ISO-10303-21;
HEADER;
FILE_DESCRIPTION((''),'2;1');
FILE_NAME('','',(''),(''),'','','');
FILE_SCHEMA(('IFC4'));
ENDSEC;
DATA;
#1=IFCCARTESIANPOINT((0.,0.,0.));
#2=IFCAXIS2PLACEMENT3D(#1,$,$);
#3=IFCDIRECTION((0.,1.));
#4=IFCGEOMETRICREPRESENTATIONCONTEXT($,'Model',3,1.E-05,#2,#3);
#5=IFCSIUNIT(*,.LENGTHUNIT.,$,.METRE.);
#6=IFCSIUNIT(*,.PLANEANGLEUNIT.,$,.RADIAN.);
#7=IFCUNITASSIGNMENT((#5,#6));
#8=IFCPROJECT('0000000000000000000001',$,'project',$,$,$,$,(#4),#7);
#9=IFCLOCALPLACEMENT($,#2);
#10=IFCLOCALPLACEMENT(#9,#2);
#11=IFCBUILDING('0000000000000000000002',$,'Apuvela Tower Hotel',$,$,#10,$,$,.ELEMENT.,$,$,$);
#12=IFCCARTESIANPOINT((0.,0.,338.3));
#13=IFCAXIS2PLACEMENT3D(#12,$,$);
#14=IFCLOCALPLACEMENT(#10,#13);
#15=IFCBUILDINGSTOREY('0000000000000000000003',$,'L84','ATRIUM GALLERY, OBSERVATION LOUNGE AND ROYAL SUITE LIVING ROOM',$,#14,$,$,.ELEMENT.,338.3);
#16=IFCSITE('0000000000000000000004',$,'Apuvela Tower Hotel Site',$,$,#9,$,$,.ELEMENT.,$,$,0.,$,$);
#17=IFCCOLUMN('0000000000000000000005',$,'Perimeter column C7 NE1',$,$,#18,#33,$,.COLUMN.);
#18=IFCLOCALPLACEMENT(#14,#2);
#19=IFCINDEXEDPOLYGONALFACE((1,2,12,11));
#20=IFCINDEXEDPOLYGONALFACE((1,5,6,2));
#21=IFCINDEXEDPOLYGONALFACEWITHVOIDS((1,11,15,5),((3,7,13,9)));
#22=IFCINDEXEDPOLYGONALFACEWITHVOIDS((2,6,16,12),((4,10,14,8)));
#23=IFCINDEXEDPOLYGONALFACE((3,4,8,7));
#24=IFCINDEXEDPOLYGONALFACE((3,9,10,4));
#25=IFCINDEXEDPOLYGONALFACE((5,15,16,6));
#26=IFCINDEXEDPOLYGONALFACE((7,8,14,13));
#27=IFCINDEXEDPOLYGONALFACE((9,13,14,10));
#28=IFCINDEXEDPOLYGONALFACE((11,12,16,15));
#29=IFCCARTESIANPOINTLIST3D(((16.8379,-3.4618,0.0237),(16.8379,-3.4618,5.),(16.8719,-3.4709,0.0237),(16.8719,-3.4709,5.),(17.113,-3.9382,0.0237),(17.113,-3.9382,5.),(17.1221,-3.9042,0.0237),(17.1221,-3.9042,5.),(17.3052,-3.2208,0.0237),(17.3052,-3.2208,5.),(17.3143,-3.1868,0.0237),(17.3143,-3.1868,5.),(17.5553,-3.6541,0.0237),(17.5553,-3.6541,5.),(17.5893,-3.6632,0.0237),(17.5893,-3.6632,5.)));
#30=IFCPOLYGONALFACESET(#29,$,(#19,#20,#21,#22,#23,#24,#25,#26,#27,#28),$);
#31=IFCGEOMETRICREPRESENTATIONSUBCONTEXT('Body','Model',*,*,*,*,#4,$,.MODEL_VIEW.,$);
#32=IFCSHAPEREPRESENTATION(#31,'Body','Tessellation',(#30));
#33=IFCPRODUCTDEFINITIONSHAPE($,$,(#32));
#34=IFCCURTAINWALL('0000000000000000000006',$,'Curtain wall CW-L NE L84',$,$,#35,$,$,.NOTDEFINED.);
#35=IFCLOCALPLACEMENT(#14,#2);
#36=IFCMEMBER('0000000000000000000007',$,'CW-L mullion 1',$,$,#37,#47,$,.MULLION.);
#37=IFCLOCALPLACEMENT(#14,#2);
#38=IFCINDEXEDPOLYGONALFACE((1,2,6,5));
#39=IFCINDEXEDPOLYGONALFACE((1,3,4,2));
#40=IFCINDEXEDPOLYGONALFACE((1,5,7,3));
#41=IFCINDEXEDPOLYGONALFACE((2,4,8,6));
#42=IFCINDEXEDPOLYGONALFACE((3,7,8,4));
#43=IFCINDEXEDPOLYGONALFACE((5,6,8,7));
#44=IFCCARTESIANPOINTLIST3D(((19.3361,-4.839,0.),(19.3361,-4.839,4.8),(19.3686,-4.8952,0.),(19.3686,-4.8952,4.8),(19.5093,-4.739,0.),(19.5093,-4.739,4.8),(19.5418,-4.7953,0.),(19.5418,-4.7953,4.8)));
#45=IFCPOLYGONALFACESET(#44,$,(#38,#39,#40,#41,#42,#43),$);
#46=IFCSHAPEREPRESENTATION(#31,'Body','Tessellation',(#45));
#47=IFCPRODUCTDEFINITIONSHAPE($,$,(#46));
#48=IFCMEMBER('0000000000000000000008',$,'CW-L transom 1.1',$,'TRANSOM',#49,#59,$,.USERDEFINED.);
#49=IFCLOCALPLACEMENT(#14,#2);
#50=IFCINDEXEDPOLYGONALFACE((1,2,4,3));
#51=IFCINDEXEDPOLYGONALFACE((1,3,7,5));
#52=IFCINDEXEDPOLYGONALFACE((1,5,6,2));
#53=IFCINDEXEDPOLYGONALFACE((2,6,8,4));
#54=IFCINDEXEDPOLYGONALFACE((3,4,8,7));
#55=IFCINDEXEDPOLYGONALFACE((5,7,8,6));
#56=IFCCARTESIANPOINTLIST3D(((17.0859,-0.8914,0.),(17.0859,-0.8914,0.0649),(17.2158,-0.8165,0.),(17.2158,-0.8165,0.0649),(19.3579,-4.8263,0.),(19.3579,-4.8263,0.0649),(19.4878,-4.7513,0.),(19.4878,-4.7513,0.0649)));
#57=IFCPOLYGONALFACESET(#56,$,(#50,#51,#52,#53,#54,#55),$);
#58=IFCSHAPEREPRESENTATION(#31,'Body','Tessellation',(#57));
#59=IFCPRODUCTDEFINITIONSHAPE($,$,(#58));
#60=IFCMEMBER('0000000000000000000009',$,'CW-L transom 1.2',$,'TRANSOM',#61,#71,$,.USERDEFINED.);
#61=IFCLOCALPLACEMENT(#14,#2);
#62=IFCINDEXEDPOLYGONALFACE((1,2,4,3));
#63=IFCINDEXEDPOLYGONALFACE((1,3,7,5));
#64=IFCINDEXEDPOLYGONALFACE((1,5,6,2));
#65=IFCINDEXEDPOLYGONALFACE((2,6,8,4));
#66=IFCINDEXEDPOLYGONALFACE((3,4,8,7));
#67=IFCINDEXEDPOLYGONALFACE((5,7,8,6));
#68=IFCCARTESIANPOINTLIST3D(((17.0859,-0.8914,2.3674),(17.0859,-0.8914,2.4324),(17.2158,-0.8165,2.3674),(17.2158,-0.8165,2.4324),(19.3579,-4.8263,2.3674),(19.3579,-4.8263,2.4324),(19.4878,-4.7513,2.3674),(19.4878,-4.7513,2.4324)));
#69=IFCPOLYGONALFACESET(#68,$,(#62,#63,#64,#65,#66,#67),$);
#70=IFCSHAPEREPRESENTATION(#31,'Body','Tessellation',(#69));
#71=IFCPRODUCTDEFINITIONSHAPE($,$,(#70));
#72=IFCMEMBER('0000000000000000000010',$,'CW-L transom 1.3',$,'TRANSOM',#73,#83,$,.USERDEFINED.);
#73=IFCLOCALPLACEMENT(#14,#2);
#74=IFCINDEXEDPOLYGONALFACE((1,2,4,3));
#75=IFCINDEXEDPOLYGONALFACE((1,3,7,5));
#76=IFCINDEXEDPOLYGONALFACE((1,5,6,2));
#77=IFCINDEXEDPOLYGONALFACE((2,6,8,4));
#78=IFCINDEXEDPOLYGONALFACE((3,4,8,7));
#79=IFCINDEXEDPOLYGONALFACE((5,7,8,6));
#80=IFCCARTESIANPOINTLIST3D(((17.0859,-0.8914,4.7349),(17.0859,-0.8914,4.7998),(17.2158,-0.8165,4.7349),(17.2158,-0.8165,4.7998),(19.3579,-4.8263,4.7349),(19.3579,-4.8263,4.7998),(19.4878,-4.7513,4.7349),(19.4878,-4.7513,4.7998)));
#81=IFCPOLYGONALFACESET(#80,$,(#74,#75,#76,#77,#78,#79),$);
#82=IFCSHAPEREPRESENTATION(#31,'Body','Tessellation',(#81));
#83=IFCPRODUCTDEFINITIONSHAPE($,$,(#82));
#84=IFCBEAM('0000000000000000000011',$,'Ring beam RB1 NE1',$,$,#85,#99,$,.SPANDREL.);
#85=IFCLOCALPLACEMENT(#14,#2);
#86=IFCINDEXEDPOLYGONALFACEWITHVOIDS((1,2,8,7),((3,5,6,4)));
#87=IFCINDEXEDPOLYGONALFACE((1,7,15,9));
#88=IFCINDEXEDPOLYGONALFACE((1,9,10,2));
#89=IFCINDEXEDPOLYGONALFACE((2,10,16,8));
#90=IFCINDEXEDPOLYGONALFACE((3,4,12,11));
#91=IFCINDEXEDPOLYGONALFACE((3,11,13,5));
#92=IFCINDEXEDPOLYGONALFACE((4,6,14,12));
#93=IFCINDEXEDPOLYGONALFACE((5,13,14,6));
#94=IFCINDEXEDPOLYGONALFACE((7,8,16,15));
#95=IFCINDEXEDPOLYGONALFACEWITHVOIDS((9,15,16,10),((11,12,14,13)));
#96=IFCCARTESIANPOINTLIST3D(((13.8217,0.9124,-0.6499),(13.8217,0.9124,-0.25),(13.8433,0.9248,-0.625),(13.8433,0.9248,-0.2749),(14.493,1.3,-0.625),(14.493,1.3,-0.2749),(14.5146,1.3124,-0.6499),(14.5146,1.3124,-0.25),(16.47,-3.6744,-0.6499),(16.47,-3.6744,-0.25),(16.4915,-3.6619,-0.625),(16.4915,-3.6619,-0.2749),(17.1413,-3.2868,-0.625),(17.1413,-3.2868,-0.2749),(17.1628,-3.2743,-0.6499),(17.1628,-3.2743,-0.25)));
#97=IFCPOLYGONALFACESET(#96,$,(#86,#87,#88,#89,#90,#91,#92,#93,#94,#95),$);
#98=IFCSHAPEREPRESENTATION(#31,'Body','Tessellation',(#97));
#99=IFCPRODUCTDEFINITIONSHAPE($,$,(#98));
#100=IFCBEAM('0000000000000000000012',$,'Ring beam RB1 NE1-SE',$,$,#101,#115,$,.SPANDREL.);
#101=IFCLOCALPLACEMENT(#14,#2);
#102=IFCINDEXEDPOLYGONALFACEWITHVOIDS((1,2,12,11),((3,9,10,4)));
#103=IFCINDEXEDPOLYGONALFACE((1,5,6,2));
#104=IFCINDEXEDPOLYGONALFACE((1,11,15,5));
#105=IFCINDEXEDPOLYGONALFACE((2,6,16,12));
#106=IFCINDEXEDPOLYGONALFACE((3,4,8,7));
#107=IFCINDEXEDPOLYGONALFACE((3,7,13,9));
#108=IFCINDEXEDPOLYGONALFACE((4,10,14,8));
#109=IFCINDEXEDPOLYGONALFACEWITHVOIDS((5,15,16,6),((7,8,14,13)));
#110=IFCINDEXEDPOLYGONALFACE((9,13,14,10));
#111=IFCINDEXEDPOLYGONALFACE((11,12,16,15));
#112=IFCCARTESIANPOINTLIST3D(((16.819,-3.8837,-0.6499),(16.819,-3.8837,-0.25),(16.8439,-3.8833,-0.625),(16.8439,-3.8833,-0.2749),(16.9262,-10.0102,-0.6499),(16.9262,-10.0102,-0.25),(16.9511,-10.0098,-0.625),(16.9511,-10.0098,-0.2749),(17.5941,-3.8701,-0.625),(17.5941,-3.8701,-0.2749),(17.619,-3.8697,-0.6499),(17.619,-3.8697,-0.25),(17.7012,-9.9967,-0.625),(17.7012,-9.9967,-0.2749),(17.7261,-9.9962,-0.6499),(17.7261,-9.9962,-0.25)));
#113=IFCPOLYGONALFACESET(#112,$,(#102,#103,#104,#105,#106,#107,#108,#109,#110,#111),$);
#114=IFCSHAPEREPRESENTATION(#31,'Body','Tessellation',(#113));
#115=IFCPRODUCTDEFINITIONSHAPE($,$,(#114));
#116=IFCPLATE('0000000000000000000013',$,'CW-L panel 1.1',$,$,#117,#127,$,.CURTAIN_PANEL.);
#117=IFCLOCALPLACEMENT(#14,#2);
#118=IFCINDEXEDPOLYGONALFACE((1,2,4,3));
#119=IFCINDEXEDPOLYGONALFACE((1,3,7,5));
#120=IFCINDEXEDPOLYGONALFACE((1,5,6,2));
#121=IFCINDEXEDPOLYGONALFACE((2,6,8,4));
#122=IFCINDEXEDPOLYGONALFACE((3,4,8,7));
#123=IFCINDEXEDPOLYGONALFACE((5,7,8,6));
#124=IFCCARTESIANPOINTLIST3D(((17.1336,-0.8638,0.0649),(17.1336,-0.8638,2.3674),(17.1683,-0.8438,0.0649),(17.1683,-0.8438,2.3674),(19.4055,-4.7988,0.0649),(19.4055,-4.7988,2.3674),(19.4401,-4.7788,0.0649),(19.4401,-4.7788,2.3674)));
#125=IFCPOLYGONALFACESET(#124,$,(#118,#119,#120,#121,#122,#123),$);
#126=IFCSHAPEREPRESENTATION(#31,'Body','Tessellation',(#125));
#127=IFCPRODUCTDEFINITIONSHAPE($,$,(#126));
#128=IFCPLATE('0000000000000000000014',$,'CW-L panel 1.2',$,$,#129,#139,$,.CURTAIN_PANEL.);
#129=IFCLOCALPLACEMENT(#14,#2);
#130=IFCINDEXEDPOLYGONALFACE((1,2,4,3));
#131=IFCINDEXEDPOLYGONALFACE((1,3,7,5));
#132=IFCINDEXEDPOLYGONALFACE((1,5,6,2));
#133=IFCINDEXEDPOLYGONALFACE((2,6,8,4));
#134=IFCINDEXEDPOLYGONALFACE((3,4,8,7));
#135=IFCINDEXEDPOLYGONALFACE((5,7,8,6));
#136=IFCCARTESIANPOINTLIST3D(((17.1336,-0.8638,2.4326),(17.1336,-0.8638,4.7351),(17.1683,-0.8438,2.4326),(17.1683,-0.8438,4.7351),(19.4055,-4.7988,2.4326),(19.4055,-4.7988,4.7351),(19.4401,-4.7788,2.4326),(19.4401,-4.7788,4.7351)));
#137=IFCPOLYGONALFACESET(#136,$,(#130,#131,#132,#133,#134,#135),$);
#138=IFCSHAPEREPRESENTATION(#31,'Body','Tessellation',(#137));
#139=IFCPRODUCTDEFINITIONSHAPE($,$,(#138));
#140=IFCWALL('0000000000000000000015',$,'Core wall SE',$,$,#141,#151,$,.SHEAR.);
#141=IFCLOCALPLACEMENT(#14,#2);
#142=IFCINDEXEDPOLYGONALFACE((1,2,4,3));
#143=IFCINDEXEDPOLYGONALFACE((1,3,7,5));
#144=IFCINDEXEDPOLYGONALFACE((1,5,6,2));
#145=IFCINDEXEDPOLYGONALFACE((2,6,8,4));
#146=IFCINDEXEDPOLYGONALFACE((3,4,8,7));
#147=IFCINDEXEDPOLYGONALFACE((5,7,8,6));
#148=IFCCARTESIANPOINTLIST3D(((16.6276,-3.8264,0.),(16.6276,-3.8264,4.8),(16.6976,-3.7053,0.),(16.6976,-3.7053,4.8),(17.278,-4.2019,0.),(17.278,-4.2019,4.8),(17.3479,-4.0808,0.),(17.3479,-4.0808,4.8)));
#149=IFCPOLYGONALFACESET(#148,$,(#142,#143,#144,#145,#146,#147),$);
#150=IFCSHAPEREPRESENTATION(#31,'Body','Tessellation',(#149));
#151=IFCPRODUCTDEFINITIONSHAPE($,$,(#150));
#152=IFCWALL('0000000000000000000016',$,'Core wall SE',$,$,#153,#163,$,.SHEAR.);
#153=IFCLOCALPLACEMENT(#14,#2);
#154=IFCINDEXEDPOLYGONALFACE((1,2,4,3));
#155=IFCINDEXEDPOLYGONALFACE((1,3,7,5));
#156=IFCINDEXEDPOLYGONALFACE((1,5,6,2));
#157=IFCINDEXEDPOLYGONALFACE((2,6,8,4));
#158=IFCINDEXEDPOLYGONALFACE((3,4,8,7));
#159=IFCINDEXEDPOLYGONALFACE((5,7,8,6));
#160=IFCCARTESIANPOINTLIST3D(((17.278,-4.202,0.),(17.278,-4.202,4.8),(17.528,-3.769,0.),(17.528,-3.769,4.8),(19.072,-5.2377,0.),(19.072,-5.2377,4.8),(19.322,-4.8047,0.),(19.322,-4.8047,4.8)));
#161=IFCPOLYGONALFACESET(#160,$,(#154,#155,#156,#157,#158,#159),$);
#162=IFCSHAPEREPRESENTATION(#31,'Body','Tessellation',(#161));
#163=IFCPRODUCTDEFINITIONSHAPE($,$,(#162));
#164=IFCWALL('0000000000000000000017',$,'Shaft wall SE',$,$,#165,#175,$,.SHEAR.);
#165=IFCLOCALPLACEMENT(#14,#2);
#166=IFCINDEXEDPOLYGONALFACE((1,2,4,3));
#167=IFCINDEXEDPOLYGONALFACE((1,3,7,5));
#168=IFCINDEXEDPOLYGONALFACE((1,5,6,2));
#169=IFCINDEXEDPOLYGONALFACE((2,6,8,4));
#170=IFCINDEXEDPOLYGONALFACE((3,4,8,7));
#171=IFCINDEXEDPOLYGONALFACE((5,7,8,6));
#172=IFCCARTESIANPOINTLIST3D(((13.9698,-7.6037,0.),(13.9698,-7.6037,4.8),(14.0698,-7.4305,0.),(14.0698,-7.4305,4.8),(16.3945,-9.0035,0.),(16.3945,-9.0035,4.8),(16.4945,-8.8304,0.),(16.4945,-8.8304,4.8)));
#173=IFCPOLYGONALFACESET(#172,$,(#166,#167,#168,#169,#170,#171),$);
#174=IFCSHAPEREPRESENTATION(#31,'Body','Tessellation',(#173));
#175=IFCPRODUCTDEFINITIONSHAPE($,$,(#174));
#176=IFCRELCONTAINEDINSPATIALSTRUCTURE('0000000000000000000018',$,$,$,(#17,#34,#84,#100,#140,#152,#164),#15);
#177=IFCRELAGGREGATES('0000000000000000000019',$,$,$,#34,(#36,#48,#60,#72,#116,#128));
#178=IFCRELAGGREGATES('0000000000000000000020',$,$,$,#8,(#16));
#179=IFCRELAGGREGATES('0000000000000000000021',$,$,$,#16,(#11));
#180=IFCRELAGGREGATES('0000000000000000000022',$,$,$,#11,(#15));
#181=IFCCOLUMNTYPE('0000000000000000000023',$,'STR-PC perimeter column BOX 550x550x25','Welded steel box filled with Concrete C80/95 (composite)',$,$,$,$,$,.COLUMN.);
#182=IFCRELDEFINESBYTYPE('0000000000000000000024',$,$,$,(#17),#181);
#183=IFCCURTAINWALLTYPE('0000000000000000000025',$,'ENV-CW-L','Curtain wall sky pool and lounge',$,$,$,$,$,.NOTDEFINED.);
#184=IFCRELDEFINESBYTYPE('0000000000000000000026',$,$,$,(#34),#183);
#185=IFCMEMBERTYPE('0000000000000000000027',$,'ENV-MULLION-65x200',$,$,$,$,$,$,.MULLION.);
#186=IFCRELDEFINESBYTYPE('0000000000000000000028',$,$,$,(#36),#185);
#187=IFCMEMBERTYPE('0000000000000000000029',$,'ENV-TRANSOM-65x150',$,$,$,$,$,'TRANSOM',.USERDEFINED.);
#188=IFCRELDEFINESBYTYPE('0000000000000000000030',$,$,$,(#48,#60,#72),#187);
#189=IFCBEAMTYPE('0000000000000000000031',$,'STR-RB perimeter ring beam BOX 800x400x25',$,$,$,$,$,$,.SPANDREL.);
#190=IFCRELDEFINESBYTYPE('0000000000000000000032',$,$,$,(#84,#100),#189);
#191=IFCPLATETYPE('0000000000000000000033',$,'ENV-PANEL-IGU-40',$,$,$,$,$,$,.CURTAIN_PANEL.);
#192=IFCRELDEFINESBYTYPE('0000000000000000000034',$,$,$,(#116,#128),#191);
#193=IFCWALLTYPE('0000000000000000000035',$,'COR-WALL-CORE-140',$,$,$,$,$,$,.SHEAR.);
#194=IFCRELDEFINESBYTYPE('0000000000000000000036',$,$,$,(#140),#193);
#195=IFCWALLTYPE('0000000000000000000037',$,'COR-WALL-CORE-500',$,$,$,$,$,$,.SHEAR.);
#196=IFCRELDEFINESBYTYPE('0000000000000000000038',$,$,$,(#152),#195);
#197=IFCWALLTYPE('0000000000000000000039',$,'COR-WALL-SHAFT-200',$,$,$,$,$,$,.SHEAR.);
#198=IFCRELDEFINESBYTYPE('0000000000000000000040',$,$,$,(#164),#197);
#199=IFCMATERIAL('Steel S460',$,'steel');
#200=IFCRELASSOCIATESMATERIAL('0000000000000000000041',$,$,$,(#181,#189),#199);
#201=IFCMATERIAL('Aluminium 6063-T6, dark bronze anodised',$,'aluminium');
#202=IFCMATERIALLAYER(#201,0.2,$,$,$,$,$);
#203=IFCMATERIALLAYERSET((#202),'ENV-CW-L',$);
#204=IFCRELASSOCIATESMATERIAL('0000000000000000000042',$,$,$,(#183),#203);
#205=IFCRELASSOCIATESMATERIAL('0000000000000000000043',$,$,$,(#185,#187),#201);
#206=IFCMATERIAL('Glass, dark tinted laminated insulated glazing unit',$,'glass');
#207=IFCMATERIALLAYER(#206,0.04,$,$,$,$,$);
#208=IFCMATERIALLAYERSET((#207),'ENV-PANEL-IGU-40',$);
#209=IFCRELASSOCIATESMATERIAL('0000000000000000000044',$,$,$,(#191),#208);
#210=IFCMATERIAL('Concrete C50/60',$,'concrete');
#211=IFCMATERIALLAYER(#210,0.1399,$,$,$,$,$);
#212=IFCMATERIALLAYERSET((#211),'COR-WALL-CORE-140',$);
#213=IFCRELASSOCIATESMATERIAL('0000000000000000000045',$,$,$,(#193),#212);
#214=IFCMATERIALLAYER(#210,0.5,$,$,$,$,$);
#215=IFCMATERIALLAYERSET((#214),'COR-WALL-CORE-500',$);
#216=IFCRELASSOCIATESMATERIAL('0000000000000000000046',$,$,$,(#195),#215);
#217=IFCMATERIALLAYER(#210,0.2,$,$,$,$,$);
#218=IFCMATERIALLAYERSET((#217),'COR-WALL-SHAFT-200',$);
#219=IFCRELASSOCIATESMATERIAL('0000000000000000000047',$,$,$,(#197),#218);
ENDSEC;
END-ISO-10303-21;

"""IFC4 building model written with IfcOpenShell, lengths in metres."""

from ifc_helpers import new_model, si_unit, direction, frame, frame_2d, origin, origin_2d, place, context, subcontext, project, spatial, rectangle, hollow_rectangle, extrude, boolean, halfspace, material, layer, layer_set, material_profile, profile_set, type_object, element, aggregate, save


model = new_model("IFC4")

# Units and contexts
model_context = context("Model", 3, precision=1e-05, world=origin(), true_north=direction((0.0, 1.0)))
body_context = subcontext(model_context, "Body", "Model", "MODEL_VIEW")
ifc_project = project(units=[si_unit("LENGTHUNIT", "METRE"), si_unit("PLANEANGLEUNIT", "RADIAN")], contexts=[model_context])

# Site, building, storey
site_placement = place(None, origin())
site = spatial("IfcSite", under=ifc_project, at=site_placement, Name="Apuvela Tower Hotel Site", CompositionType="ELEMENT", RefElevation=0.0)
building_placement = place(site_placement, origin())
building = spatial("IfcBuilding", under=site, at=building_placement, Name="Apuvela Tower Hotel", CompositionType="ELEMENT")
storey_placement = place(building_placement, frame((0.0, 0.0, 338.3)))
storey = spatial("IfcBuildingStorey", under=building, at=storey_placement, Name="L84", Description="ATRIUM GALLERY, OBSERVATION LOUNGE AND ROYAL SUITE LIVING ROOM", CompositionType="ELEMENT", Elevation=338.3)

# Column
ifc_material_1 = material(Name="Steel S460", Category="steel")
ifc_material_profile_1 = material_profile(ifc_material_1, hollow_rectangle(XDim=0.55, YDim=0.55, WallThickness=0.0249, at=origin_2d()), Name="BOX 550x550x25")
ifc_material_2 = material(Name="Concrete C80/95", Category="concrete")
ifc_material_profile_2 = material_profile(ifc_material_2, rectangle(XDim=0.5, YDim=0.5, at=origin_2d()), Name="Concrete C80/95 infill")
ifc_profile_set_1 = profile_set([ifc_material_profile_1, ifc_material_profile_2], Name="Steel S460")
column_type = type_object("IfcColumnType", Name="STR-PC perimeter column BOX 550x550x25", Description="Welded steel box filled with Concrete C80/95 (composite)", PredefinedType="COLUMN", material=ifc_profile_set_1)
column_placement = place(storey_placement, frame((17.2136, -3.5625, 0.0), z_axis=(0.0, 0.0, 1.0), x_axis=(-0.5, 0.866025, 0.0)))
element("IfcColumn", 1, at=column_placement, inside=storey, type_object=column_type, Name="Perimeter column C7 NE1", PredefinedType="COLUMN", context=body_context, shape_type="SweptSolid", body=[
    boolean("DIFFERENCE", extrude(hollow_rectangle(XDim=0.55, YDim=0.55, WallThickness=0.0249, at=origin_2d()), origin(), (0.0, 0.0, 1.0), 5.0), halfspace(frame((0.0, 0.0, 0.0237), z_axis=(0.0, 0.0, 1.0), x_axis=(1.0, 0.0, 0.0)), True)),
])

# Curtain wall, members
ifc_material_3 = material(Name="Aluminium 6063-T6, dark bronze anodised", Category="aluminium")
ifc_layer_1 = layer(ifc_material_3, 0.2)
ifc_layer_set_1 = layer_set([ifc_layer_1], Name="ENV-CW-L")
curtain_wall_type = type_object("IfcCurtainWallType", Name="ENV-CW-L", Description="Curtain wall sky pool and lounge", PredefinedType="NOTDEFINED", material=ifc_layer_set_1)
curtain_wall_placement = place(storey_placement, origin())
curtain_wall = element("IfcCurtainWall", 2, at=curtain_wall_placement, inside=storey, type_object=curtain_wall_type, Name="Curtain wall CW-L NE L84", PredefinedType="NOTDEFINED")
ifc_material_profile_3 = material_profile(ifc_material_3, rectangle(XDim=0.2, YDim=0.0649, at=origin_2d()), Name="AL 65x200")
ifc_profile_set_2 = profile_set([ifc_material_profile_3], Name="Aluminium 6063-T6, dark bronze anodised")
member_type_1 = type_object("IfcMemberType", Name="ENV-MULLION-65x200", PredefinedType="MULLION", material=ifc_profile_set_2)
member_1_placement = place(storey_placement, frame((19.439, -4.8171, 0.0), z_axis=(0.0, 0.0, 1.0), x_axis=(-0.866026, -0.499999, 0.0)))
member_1 = element("IfcMember", 3, at=member_1_placement, type_object=member_type_1, Name="CW-L mullion 1", PredefinedType="MULLION", context=body_context, shape_type="SweptSolid", body=[
    extrude(rectangle(XDim=0.2, YDim=0.0649, at=origin_2d()), origin(), (0.0, 0.0, 1.0), 4.8),
])
ifc_material_profile_4 = material_profile(ifc_material_3, rectangle(XDim=0.1499, YDim=0.0649, at=origin_2d()), Name="AL 65x150 transom")
ifc_profile_set_3 = profile_set([ifc_material_profile_4], Name="Aluminium 6063-T6, dark bronze anodised")
member_type_2 = type_object("IfcMemberType", Name="ENV-TRANSOM-65x150", ElementType="TRANSOM", PredefinedType="USERDEFINED", material=ifc_profile_set_3)
member_2_placement = place(storey_placement, frame((19.4229, -4.7888, 0.0325), z_axis=(-0.500034, 0.866006, 0.0), x_axis=(-0.866006, -0.500034, 0.0)))
member_2 = element("IfcMember", 4, at=member_2_placement, type_object=member_type_2, Name="CW-L transom 1.1", ObjectType="TRANSOM", PredefinedType="USERDEFINED", context=body_context, shape_type="SweptSolid", body=[
    extrude(rectangle(XDim=0.1499, YDim=0.0649, at=origin_2d()), origin(), (0.0, 0.0, 1.0), 4.5437),
])
member_3_placement = place(storey_placement, frame((19.4229, -4.7888, 2.3999), z_axis=(-0.500034, 0.866006, 0.0), x_axis=(-0.866006, -0.500034, 0.0)))
member_3 = element("IfcMember", 5, at=member_3_placement, type_object=member_type_2, Name="CW-L transom 1.2", ObjectType="TRANSOM", PredefinedType="USERDEFINED", context=body_context, shape_type="SweptSolid", body=[
    extrude(rectangle(XDim=0.1499, YDim=0.0649, at=origin_2d()), origin(), (0.0, 0.0, 1.0), 4.5437),
])
member_4_placement = place(storey_placement, frame((19.4229, -4.7888, 4.7673), z_axis=(-0.500034, 0.866006, 0.0), x_axis=(-0.866006, -0.500034, 0.0)))
member_4 = element("IfcMember", 6, at=member_4_placement, type_object=member_type_2, Name="CW-L transom 1.3", ObjectType="TRANSOM", PredefinedType="USERDEFINED", context=body_context, shape_type="SweptSolid", body=[
    extrude(rectangle(XDim=0.1499, YDim=0.0649, at=origin_2d()), origin(), (0.0, 0.0, 1.0), 4.5437),
])

# Beams
ifc_material_profile_5 = material_profile(ifc_material_1, hollow_rectangle(XDim=0.8, YDim=0.3999, WallThickness=0.0249, at=origin_2d()), Name="BOX 800x400x25")
ifc_profile_set_4 = profile_set([ifc_material_profile_5], Name="Steel S460")
beam_type = type_object("IfcBeamType", Name="STR-RB perimeter ring beam BOX 800x400x25", PredefinedType="SPANDREL", material=ifc_profile_set_4)
beam_1_placement = place(storey_placement, frame((16.8164, -3.4744, -0.45), z_axis=(-0.500011, 0.866019, 0.0), x_axis=(-0.866019, -0.500011, 0.0)))
element("IfcBeam", 7, at=beam_1_placement, inside=storey, type_object=beam_type, Name="Ring beam RB1 NE1", PredefinedType="SPANDREL", context=body_context, shape_type="SweptSolid", body=[
    extrude(hollow_rectangle(XDim=0.8, YDim=0.3999, WallThickness=0.0249, at=origin_2d()), origin(), (0.0, 0.0, 1.0), 5.2964),
])
beam_2_placement = place(storey_placement, frame((17.219, -3.8767, -0.45), z_axis=(0.017492, -0.999847, 0.0), x_axis=(0.999847, 0.017492, 0.0)))
element("IfcBeam", 8, at=beam_2_placement, inside=storey, type_object=beam_type, Name="Ring beam RB1 NE1-SE", PredefinedType="SPANDREL", context=body_context, shape_type="SweptSolid", body=[
    extrude(hollow_rectangle(XDim=0.8, YDim=0.3999, WallThickness=0.0249, at=origin_2d()), origin(), (0.0, 0.0, 1.0), 6.1274),
])

# Plates
ifc_material_4 = material(Name="Glass, dark tinted laminated insulated glazing unit", Category="glass")
ifc_layer_2 = layer(ifc_material_4, 0.04)
ifc_layer_set_2 = layer_set([ifc_layer_2], Name="ENV-PANEL-IGU-40")
plate_type = type_object("IfcPlateType", Name="ENV-PANEL-IGU-40", PredefinedType="CURTAIN_PANEL", material=ifc_layer_set_2)
plate_1_placement = place(storey_placement, frame((18.2869, -2.8213, 0.0649), z_axis=(0.0, 0.0, 1.0), x_axis=(-0.499999, 0.866026, 0.0)))
plate_1 = element("IfcPlate", 9, at=plate_1_placement, type_object=plate_type, Name="CW-L panel 1.1", PredefinedType="CURTAIN_PANEL", context=body_context, shape_type="SweptSolid", body=[
    extrude(rectangle(XDim=4.5437, YDim=0.04, at=origin_2d()), origin(), (0.0, 0.0, 1.0), 2.3025),
])
plate_2_placement = place(storey_placement, frame((18.2869, -2.8213, 2.4326), z_axis=(0.0, 0.0, 1.0), x_axis=(-0.499999, 0.866026, 0.0)))
plate_2 = element("IfcPlate", 10, at=plate_2_placement, type_object=plate_type, Name="CW-L panel 1.2", PredefinedType="CURTAIN_PANEL", context=body_context, shape_type="SweptSolid", body=[
    extrude(rectangle(XDim=4.5437, YDim=0.04, at=origin_2d()), origin(), (0.0, 0.0, 1.0), 2.3025),
])
aggregate(curtain_wall, [member_1, member_2, member_3, member_4, plate_1, plate_2])

# Walls
ifc_material_5 = material(Name="Concrete C50/60", Category="concrete")
ifc_layer_3 = layer(ifc_material_5, 0.1399)
ifc_layer_set_3 = layer_set([ifc_layer_3], Name="COR-WALL-CORE-140")
wall_type_1 = type_object("IfcWallType", Name="COR-WALL-CORE-140", PredefinedType="SHEAR", material=ifc_layer_set_3)
wall_1_placement = place(storey_placement, frame((16.6626, -3.7659, 0.0), z_axis=(0.0, 0.0, 1.0), x_axis=(0.866034, -0.499985, 0.0)))
element("IfcWall", 11, at=wall_1_placement, inside=storey, type_object=wall_type_1, Name="Core wall SE", PredefinedType="SHEAR", context=body_context, shape_type="SweptSolid", body=[
    extrude(rectangle(XDim=0.751, YDim=0.1399, at=frame_2d((0.3755, 0.0))), origin(), (0.0, 0.0, 1.0), 4.8),
])
ifc_layer_4 = layer(ifc_material_5, 0.5)
ifc_layer_set_4 = layer_set([ifc_layer_4], Name="COR-WALL-CORE-500")
wall_type_2 = type_object("IfcWallType", Name="COR-WALL-CORE-500", PredefinedType="SHEAR", material=ifc_layer_set_4)
wall_2_placement = place(storey_placement, frame((17.4031, -3.9856, 0.0), z_axis=(0.0, 0.0, 1.0), x_axis=(0.866044, -0.499967, 0.0)))
element("IfcWall", 12, at=wall_2_placement, inside=storey, type_object=wall_type_2, Name="Core wall SE", PredefinedType="SHEAR", context=body_context, shape_type="SweptSolid", body=[
    extrude(rectangle(XDim=2.0715, YDim=0.5, at=frame_2d((1.0356, 0.0))), origin(), (0.0, 0.0, 1.0), 4.8),
])
ifc_layer_5 = layer(ifc_material_5, 0.2)
ifc_layer_set_5 = layer_set([ifc_layer_5], Name="COR-WALL-SHAFT-200")
wall_type_3 = type_object("IfcWallType", Name="COR-WALL-SHAFT-200", PredefinedType="SHEAR", material=ifc_layer_set_5)
wall_3_placement = place(storey_placement, frame((14.0198, -7.5171, 0.0), z_axis=(0.0, 0.0, 1.0), x_axis=(0.866035, -0.499984, 0.0)))
element("IfcWall", 13, at=wall_3_placement, inside=storey, type_object=wall_type_3, Name="Shaft wall SE", PredefinedType="SHEAR", context=body_context, shape_type="SweptSolid", body=[
    extrude(rectangle(XDim=2.7998, YDim=0.2, at=frame_2d((1.3999, 0.0))), origin(), (0.0, 0.0, 1.0), 4.8),
])

save(model, "model.ifc")
